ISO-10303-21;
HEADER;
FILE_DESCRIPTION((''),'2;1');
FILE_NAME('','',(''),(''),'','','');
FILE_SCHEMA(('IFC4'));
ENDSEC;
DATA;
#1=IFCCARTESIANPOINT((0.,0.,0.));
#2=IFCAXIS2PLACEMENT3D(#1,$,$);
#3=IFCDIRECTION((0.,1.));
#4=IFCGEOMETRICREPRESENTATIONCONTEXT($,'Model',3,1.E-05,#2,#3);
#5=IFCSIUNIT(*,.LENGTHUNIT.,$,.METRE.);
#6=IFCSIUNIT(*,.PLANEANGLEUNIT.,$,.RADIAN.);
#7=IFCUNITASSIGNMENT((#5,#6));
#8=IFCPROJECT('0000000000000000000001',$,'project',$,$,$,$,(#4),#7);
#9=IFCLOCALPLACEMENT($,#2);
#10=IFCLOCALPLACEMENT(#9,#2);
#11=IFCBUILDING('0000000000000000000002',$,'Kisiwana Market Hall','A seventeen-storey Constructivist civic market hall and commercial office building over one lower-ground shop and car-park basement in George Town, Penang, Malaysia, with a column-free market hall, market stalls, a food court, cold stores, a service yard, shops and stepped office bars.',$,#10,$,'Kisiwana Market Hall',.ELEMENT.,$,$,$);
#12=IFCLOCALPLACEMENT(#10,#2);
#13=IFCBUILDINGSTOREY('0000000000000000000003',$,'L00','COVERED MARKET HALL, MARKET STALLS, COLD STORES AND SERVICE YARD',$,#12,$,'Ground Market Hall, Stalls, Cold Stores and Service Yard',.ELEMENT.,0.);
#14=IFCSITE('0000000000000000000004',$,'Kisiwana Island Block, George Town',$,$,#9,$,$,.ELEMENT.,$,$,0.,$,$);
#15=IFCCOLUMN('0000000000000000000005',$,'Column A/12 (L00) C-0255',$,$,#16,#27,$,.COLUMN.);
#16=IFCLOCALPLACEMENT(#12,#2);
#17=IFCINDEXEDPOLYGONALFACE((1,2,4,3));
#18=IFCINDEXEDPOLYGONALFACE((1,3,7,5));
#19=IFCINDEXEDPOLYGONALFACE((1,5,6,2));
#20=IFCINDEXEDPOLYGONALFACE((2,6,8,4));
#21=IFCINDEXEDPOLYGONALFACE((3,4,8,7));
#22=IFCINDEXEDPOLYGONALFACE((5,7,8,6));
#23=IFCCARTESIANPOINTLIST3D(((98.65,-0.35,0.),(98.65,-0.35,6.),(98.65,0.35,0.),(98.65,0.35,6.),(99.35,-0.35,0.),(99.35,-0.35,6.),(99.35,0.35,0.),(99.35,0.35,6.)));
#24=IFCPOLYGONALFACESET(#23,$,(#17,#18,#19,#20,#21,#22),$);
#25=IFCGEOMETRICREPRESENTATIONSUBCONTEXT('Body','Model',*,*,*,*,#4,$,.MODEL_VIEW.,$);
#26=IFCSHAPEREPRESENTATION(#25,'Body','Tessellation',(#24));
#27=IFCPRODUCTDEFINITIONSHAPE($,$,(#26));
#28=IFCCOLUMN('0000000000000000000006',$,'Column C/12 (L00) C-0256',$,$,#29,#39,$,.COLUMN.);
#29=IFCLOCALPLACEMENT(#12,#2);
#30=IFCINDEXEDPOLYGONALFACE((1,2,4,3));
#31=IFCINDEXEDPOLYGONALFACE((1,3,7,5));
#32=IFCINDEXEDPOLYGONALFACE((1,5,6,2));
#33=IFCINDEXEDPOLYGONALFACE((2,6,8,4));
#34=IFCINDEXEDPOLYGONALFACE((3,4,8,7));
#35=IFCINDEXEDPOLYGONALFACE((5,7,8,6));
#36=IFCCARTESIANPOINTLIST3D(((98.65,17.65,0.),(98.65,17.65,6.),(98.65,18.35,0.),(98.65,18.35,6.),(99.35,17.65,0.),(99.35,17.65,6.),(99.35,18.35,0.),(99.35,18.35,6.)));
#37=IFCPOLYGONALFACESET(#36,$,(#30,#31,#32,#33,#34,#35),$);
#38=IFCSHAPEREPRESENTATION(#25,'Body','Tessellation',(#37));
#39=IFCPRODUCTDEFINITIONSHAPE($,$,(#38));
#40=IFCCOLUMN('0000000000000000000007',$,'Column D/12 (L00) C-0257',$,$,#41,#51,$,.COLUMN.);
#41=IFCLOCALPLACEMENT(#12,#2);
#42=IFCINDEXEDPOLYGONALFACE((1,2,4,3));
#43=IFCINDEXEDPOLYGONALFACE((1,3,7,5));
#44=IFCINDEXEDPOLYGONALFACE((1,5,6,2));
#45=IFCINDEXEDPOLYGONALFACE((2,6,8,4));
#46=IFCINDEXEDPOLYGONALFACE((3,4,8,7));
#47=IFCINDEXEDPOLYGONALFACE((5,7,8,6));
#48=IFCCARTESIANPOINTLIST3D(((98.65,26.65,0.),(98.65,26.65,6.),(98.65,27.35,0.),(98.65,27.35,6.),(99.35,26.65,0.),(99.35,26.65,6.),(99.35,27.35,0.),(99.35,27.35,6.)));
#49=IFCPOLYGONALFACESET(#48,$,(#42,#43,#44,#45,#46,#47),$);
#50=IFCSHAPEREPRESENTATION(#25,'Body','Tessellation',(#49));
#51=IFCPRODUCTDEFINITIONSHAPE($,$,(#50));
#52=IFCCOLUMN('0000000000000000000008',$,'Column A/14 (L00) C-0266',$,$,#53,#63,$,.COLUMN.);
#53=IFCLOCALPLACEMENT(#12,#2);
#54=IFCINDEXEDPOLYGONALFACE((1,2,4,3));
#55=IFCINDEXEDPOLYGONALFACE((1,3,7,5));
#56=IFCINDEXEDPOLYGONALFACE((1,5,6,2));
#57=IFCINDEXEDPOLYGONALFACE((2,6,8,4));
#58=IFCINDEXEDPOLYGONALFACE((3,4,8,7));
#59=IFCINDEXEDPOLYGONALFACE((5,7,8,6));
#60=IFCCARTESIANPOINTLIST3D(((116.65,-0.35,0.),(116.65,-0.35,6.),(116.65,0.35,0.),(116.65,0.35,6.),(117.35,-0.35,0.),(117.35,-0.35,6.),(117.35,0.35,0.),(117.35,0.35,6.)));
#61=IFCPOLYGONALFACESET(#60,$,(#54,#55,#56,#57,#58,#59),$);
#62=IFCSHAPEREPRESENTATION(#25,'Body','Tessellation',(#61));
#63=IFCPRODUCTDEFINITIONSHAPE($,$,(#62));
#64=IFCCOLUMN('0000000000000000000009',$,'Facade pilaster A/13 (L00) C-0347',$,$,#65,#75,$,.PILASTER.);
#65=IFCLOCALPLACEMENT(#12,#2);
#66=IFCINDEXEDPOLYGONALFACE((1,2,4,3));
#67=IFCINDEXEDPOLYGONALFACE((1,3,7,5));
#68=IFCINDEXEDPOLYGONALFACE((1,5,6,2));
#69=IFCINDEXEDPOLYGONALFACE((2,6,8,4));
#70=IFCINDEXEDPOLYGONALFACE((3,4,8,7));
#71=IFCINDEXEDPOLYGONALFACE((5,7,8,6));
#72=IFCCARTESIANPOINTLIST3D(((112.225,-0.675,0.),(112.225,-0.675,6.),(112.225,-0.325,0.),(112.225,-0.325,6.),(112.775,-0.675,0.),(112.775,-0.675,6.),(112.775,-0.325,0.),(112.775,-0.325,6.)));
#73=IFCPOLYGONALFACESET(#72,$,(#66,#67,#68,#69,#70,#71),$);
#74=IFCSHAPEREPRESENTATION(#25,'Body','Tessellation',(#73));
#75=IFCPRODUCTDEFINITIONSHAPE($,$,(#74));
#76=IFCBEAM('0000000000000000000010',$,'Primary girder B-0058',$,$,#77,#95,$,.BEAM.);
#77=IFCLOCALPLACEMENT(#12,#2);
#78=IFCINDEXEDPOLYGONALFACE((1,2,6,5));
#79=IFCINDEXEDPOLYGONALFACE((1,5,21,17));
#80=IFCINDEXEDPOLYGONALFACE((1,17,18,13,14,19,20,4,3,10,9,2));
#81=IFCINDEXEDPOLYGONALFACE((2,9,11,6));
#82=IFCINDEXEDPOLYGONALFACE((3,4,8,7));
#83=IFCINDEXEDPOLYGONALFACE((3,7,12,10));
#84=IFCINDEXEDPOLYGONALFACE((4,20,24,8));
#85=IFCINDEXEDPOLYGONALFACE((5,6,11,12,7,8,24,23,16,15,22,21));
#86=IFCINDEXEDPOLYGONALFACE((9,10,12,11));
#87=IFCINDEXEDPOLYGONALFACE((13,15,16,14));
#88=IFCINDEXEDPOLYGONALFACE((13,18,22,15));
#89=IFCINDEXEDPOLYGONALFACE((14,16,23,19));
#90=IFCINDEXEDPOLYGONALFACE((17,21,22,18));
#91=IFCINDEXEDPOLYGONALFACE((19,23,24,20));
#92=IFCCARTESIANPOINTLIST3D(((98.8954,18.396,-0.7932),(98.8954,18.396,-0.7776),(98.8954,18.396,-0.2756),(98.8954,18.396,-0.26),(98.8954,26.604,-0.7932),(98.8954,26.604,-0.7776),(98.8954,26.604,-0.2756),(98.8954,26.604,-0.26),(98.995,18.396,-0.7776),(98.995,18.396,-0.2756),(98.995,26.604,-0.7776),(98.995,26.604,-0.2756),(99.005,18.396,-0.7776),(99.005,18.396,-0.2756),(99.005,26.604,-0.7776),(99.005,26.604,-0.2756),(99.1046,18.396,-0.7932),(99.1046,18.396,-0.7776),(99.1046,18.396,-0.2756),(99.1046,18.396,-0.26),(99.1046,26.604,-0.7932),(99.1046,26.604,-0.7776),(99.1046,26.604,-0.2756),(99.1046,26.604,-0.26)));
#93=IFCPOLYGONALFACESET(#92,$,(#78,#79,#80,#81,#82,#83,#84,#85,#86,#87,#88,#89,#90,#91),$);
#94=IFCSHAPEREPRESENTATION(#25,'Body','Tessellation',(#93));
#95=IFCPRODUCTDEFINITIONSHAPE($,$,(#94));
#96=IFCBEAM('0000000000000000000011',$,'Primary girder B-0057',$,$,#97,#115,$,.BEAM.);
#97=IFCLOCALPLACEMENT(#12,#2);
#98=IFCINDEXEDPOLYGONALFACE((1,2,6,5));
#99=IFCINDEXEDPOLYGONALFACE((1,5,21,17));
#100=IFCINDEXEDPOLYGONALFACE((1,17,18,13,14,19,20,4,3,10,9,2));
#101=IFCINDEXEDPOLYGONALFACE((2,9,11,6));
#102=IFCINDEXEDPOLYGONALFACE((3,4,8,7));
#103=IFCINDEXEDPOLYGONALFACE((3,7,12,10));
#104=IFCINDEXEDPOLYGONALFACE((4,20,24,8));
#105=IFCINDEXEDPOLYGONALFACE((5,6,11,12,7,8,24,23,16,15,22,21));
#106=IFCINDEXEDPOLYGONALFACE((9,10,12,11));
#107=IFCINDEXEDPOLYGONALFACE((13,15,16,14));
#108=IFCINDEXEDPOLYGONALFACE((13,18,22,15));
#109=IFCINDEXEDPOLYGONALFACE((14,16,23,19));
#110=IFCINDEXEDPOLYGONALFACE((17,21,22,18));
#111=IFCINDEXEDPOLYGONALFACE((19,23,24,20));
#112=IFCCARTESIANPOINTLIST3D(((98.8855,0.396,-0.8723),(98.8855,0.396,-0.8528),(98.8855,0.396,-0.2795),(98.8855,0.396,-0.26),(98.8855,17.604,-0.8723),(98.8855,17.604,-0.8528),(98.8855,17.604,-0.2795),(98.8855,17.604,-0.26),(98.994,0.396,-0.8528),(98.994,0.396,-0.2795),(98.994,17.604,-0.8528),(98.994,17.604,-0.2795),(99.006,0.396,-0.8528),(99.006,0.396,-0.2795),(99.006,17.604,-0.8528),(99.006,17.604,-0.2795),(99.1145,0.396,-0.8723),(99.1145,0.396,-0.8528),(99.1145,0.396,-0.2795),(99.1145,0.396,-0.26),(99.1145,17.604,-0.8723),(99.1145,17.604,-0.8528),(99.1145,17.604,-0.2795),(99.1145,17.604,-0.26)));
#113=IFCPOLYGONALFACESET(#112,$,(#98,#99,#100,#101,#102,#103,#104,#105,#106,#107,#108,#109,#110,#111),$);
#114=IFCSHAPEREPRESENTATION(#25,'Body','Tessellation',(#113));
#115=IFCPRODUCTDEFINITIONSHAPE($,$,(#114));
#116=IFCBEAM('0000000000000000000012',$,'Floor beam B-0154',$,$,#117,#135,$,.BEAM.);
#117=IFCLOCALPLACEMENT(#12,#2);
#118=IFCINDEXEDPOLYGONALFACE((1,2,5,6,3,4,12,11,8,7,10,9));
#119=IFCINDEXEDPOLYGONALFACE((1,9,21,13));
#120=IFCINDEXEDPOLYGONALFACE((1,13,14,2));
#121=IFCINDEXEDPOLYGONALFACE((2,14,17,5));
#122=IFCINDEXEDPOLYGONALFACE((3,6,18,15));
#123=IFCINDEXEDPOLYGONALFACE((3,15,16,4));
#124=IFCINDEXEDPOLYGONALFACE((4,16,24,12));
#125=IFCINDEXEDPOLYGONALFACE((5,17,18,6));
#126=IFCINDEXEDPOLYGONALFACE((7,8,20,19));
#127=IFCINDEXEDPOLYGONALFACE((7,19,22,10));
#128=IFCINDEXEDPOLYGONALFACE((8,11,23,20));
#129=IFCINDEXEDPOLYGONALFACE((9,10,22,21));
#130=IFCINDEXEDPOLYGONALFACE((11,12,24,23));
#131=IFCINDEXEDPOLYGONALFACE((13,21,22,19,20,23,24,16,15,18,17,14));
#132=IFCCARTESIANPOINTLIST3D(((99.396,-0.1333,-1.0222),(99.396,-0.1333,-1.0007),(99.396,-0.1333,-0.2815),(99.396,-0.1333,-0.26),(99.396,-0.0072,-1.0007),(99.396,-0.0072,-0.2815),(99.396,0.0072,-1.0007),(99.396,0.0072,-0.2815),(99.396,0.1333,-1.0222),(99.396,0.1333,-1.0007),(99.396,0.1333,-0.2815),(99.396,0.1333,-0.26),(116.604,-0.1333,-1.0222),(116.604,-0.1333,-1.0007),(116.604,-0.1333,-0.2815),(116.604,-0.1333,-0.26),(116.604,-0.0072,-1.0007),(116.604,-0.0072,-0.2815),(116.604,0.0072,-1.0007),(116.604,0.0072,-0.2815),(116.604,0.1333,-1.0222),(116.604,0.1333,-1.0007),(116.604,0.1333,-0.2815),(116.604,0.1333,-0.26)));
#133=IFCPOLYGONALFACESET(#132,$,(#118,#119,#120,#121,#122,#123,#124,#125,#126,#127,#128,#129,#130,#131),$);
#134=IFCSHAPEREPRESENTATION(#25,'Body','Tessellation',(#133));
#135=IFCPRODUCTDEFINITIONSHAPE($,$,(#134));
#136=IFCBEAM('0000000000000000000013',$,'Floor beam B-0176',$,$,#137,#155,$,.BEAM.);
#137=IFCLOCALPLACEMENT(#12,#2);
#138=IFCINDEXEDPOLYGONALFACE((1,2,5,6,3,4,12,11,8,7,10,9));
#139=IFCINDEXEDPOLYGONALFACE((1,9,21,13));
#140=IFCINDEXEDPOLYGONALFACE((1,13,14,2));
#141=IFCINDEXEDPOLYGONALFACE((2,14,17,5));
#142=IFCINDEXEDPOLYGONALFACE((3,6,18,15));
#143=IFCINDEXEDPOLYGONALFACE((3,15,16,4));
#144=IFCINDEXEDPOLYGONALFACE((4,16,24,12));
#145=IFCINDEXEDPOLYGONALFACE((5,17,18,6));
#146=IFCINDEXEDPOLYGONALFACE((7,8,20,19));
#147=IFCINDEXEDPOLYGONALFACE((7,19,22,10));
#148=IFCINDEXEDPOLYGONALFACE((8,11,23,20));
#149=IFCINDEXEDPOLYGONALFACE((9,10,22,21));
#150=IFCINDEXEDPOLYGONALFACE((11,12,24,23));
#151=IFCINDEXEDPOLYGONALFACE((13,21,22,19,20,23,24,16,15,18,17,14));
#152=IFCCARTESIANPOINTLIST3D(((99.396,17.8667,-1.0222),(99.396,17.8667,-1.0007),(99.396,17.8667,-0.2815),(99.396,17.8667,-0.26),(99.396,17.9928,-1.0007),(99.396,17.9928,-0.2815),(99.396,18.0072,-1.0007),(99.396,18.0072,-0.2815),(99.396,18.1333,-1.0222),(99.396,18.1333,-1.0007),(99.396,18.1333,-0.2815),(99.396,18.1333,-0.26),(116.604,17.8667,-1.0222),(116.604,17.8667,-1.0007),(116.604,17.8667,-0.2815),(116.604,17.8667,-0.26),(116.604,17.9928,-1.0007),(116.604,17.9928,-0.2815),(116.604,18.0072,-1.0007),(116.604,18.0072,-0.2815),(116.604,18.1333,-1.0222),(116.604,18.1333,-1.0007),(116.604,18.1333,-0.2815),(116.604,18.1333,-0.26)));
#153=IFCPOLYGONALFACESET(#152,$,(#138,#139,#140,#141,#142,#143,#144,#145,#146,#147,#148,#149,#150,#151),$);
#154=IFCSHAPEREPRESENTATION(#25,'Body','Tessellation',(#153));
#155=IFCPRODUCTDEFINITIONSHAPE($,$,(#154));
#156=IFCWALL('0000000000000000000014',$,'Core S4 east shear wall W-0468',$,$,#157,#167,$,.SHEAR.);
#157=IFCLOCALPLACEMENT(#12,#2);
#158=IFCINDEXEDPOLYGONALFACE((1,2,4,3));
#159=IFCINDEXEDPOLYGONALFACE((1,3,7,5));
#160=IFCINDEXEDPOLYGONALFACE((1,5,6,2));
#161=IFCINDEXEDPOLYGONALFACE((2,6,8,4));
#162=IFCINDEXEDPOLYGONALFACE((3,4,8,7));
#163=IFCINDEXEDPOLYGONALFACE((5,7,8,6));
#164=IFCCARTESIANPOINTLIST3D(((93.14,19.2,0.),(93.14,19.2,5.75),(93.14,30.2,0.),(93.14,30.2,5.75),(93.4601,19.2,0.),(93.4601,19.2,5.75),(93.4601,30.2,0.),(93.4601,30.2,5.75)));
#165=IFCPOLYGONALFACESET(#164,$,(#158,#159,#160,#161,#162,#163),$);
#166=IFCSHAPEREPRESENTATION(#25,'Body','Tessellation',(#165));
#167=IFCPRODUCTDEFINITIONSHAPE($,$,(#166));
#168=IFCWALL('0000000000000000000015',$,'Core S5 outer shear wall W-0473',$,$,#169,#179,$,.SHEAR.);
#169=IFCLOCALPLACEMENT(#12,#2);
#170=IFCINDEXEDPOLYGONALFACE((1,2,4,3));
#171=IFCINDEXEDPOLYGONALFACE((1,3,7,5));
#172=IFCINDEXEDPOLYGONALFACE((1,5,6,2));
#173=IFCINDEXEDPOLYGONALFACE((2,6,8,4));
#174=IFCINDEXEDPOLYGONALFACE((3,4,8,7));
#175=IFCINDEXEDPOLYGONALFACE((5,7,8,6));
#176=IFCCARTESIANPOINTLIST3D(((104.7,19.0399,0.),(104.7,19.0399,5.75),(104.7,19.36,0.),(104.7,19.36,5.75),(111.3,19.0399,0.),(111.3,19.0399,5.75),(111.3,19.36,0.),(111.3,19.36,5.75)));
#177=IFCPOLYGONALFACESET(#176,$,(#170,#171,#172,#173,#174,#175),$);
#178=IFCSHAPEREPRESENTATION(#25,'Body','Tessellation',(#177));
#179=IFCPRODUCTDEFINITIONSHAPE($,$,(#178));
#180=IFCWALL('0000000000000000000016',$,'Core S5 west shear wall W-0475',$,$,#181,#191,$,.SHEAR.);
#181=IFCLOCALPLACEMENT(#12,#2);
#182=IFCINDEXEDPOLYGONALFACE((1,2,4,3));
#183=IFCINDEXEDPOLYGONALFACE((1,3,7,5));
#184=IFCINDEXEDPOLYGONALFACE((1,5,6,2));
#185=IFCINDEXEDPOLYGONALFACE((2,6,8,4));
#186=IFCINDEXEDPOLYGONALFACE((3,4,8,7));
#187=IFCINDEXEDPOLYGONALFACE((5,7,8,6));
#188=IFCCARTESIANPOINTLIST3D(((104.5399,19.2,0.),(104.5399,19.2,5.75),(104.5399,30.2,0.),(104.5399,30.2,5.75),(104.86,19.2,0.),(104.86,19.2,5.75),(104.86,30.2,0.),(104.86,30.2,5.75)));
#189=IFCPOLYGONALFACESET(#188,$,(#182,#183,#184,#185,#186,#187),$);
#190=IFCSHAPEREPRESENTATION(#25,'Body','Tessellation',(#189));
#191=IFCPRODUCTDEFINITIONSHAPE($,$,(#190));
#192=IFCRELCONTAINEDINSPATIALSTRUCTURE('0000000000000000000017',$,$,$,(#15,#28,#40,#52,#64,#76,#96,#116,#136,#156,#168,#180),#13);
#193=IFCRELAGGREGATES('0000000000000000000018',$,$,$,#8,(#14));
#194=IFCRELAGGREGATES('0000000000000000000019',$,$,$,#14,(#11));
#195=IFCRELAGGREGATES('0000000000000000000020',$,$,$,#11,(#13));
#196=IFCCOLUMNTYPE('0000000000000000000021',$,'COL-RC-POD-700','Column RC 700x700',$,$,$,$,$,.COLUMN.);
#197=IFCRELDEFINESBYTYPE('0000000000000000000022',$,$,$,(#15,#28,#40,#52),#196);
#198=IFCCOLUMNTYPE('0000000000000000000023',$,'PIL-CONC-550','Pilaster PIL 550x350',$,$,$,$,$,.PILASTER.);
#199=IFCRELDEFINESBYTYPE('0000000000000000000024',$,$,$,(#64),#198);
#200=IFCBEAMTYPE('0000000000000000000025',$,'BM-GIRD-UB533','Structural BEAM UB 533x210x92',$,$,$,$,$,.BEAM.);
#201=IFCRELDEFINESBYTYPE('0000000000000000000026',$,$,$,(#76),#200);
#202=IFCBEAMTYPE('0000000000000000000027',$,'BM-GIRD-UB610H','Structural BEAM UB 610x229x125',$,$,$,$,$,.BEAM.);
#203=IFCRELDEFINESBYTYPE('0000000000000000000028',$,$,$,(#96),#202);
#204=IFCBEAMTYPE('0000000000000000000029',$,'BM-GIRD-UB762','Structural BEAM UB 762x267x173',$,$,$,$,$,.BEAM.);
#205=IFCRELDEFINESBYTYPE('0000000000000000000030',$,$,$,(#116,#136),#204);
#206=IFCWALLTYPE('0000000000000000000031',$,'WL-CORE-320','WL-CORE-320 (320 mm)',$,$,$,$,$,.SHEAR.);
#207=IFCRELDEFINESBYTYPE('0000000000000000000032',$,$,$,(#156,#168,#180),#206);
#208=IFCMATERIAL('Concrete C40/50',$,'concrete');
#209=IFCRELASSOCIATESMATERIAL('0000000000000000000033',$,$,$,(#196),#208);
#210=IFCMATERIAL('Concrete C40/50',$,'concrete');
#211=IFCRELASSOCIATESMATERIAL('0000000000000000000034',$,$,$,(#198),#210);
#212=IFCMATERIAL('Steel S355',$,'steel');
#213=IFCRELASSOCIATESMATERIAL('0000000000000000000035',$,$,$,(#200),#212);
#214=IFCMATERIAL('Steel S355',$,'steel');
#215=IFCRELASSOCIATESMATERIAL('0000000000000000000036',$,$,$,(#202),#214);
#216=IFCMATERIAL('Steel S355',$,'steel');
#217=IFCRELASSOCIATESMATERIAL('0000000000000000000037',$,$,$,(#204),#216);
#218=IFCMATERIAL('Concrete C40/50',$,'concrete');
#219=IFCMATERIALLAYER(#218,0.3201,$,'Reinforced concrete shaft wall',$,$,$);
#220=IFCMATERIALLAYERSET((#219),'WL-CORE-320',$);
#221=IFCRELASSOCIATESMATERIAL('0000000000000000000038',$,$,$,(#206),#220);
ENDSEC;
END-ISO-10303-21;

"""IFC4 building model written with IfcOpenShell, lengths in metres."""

from ifc_helpers import new_model, si_unit, direction, frame, frame_2d, origin, origin_2d, place, context, subcontext, project, spatial, rectangle, i_section, extrude, material, layer, layer_set, material_profile, profile_set, type_object, element, save


model = new_model("IFC4")

# Units and contexts
model_context = context("Model", 3, precision=1e-05, world=origin(), true_north=direction((0.0, 1.0)))
body_context = subcontext(model_context, "Body", "Model", "MODEL_VIEW")
ifc_project = project(units=[si_unit("LENGTHUNIT", "METRE"), si_unit("PLANEANGLEUNIT", "RADIAN")], contexts=[model_context])

# Site, building, storey
site_placement = place(None, origin())
site = spatial("IfcSite", under=ifc_project, at=site_placement, Name="Kisiwana Island Block, George Town", CompositionType="ELEMENT", RefElevation=0.0)
building_placement = place(site_placement, origin())
building = spatial("IfcBuilding", under=site, at=building_placement, Name="Kisiwana Market Hall", Description="A seventeen-storey Constructivist civic market hall and commercial office building over one lower-ground shop and car-park basement in George Town, Penang, Malaysia, with a column-free market hall, market stalls, a food court, cold stores, a service yard, shops and stepped office bars.", LongName="Kisiwana Market Hall", CompositionType="ELEMENT")
storey_placement = place(building_placement, origin())
storey = spatial("IfcBuildingStorey", under=building, at=storey_placement, Name="L00", Description="COVERED MARKET HALL, MARKET STALLS, COLD STORES AND SERVICE YARD", LongName="Ground Market Hall, Stalls, Cold Stores and Service Yard", CompositionType="ELEMENT", Elevation=0.0)

# Columns
ifc_material_1 = material(Name="Concrete C40/50", Category="concrete")
ifc_material_profile_1 = material_profile(ifc_material_1, rectangle(XDim=0.7, YDim=0.7, at=origin_2d()), Name="RC 700x700")
ifc_profile_set_1 = profile_set([ifc_material_profile_1], Name="Concrete C40/50")
column_type_1 = type_object("IfcColumnType", Name="COL-RC-POD-700", Description="Column RC 700x700", PredefinedType="COLUMN", material=ifc_profile_set_1)
for number, where, z_axis, x_axis, name in (
    (1, (99.0, 0.0, 0.0), (0.0, 0.0, 1.0), (1.0, 0.0, 0.0), "Column A/12 (L00) C-0255"),
    (2, (99.0, 18.0, 0.0), (0.0, 0.0, 1.0), (1.0, 0.0, 0.0), "Column C/12 (L00) C-0256"),
    (3, (99.0, 27.0, 0.0), (0.0, 0.0, 1.0), (1.0, 0.0, 0.0), "Column D/12 (L00) C-0257"),
    (4, (117.0, 0.0, 0.0), (0.0, 0.0, 1.0), (1.0, 0.0, 0.0), "Column A/14 (L00) C-0266"),
):
    element("IfcColumn", number, at=place(storey_placement, frame(where, z_axis=z_axis, x_axis=x_axis)), inside=storey, type_object=column_type_1, Name=name, PredefinedType="COLUMN", context=body_context, shape_type="SweptSolid", body=[
        extrude(rectangle(XDim=0.7, YDim=0.7, at=origin_2d()), origin(), (0.0, 0.0, 1.0), 6.0),
    ])
ifc_material_2 = material(Name="Concrete C40/50", Category="concrete")
ifc_material_profile_2 = material_profile(ifc_material_2, rectangle(XDim=0.55, YDim=0.3501, at=origin_2d()), Name="PIL 550x350")
ifc_profile_set_2 = profile_set([ifc_material_profile_2], Name="Concrete C40/50")
column_type_2 = type_object("IfcColumnType", Name="PIL-CONC-550", Description="Pilaster PIL 550x350", PredefinedType="PILASTER", material=ifc_profile_set_2)
column_placement = place(storey_placement, frame((112.5, -0.5, 0.0), z_axis=(0.0, 0.0, 1.0), x_axis=(1.0, 0.0, 0.0)))
element("IfcColumn", 5, at=column_placement, inside=storey, type_object=column_type_2, Name="Facade pilaster A/13 (L00) C-0347", PredefinedType="PILASTER", context=body_context, shape_type="SweptSolid", body=[
    extrude(rectangle(XDim=0.55, YDim=0.3501, at=origin_2d()), origin(), (0.0, 0.0, 1.0), 6.0),
])

# Beams
ifc_material_3 = material(Name="Steel S355", Category="steel")
ifc_material_profile_3 = material_profile(ifc_material_3, i_section(OverallWidth=0.2092, OverallDepth=0.5332, WebThickness=0.01, FlangeThickness=0.0156, at=origin_2d()), Name="UB 533x210x92")
ifc_profile_set_3 = profile_set([ifc_material_profile_3], Name="Steel S355")
beam_type_1 = type_object("IfcBeamType", Name="BM-GIRD-UB533", Description="Structural BEAM UB 533x210x92", PredefinedType="BEAM", material=ifc_profile_set_3)
beam_1_placement = place(storey_placement, frame((99.0, 18.396, -0.5266), z_axis=(0.0, 1.0, 0.0), x_axis=(-1.0, 0.0, 0.0)))
element("IfcBeam", 6, at=beam_1_placement, inside=storey, type_object=beam_type_1, Name="Primary girder B-0058", PredefinedType="BEAM", context=body_context, shape_type="SweptSolid", body=[
    extrude(i_section(OverallWidth=0.2092, OverallDepth=0.5332, WebThickness=0.01, FlangeThickness=0.0156, at=origin_2d()), origin(), (0.0, 0.0, 1.0), 8.208),
])
ifc_material_4 = material(Name="Steel S355", Category="steel")
ifc_material_profile_4 = material_profile(ifc_material_4, i_section(OverallWidth=0.229, OverallDepth=0.6123, WebThickness=0.012, FlangeThickness=0.0195, at=origin_2d()), Name="UB 610x229x125")
ifc_profile_set_4 = profile_set([ifc_material_profile_4], Name="Steel S355")
beam_type_2 = type_object("IfcBeamType", Name="BM-GIRD-UB610H", Description="Structural BEAM UB 610x229x125", PredefinedType="BEAM", material=ifc_profile_set_4)
beam_2_placement = place(storey_placement, frame((99.0, 0.396, -0.5662), z_axis=(0.0, 1.0, 0.0), x_axis=(-1.0, 0.0, 0.0)))
element("IfcBeam", 7, at=beam_2_placement, inside=storey, type_object=beam_type_2, Name="Primary girder B-0057", PredefinedType="BEAM", context=body_context, shape_type="SweptSolid", body=[
    extrude(i_section(OverallWidth=0.229, OverallDepth=0.6123, WebThickness=0.012, FlangeThickness=0.0195, at=origin_2d()), origin(), (0.0, 0.0, 1.0), 17.208),
])
ifc_material_5 = material(Name="Steel S355", Category="steel")
ifc_material_profile_5 = material_profile(ifc_material_5, i_section(OverallWidth=0.2666, OverallDepth=0.7622, WebThickness=0.0144, FlangeThickness=0.0215, at=origin_2d()), Name="UB 762x267x173")
ifc_profile_set_5 = profile_set([ifc_material_profile_5], Name="Steel S355")
beam_type_3 = type_object("IfcBeamType", Name="BM-GIRD-UB762", Description="Structural BEAM UB 762x267x173", PredefinedType="BEAM", material=ifc_profile_set_5)
for number, where, z_axis, x_axis, name in (
    (8, (99.396, 0.0, -0.6411), (1.0, 0.0, 0.0), (0.0, 1.0, 0.0), "Floor beam B-0154"),
    (9, (99.396, 18.0, -0.6411), (1.0, 0.0, 0.0), (0.0, 1.0, 0.0), "Floor beam B-0176"),
):
    element("IfcBeam", number, at=place(storey_placement, frame(where, z_axis=z_axis, x_axis=x_axis)), inside=storey, type_object=beam_type_3, Name=name, PredefinedType="BEAM", context=body_context, shape_type="SweptSolid", body=[
        extrude(i_section(OverallWidth=0.2666, OverallDepth=0.7622, WebThickness=0.0144, FlangeThickness=0.0215, at=origin_2d()), origin(), (0.0, 0.0, 1.0), 17.208),
    ])

# Walls
ifc_material_6 = material(Name="Concrete C40/50", Category="concrete")
ifc_layer_1 = layer(ifc_material_6, 0.3201, Name="Reinforced concrete shaft wall")
ifc_layer_set_1 = layer_set([ifc_layer_1], Name="WL-CORE-320")
wall_type_1 = type_object("IfcWallType", Name="WL-CORE-320", Description="WL-CORE-320 (320 mm)", PredefinedType="SHEAR", material=ifc_layer_set_1)
wall_1_placement = place(storey_placement, frame((93.3, 19.2, 0.0), z_axis=(0.0, 0.0, 1.0), x_axis=(0.0, 1.0, 0.0)))
element("IfcWall", 10, at=wall_1_placement, inside=storey, type_object=wall_type_1, Name="Core S4 east shear wall W-0468", PredefinedType="SHEAR", context=body_context, shape_type="SweptSolid", body=[
    extrude(rectangle(XDim=11.0, YDim=0.3201, at=frame_2d((5.5, 0.0))), origin(), (0.0, 0.0, 1.0), 5.75),
])
wall_2_placement = place(storey_placement, frame((104.7, 19.2, 0.0), z_axis=(0.0, 0.0, 1.0), x_axis=(1.0, 0.0, 0.0)))
element("IfcWall", 11, at=wall_2_placement, inside=storey, type_object=wall_type_1, Name="Core S5 outer shear wall W-0473", PredefinedType="SHEAR", context=body_context, shape_type="SweptSolid", body=[
    extrude(rectangle(XDim=6.6001, YDim=0.3201, at=frame_2d((3.3, 0.0))), origin(), (0.0, 0.0, 1.0), 5.75),
])
for number, where, z_axis, x_axis, name in (
    (12, (104.7, 19.2, 0.0), (0.0, 0.0, 1.0), (0.0, 1.0, 0.0), "Core S5 west shear wall W-0475"),
):
    element("IfcWall", number, at=place(storey_placement, frame(where, z_axis=z_axis, x_axis=x_axis)), inside=storey, type_object=wall_type_1, Name=name, PredefinedType="SHEAR", context=body_context, shape_type="SweptSolid", body=[
        extrude(rectangle(XDim=11.0, YDim=0.3201, at=frame_2d((5.5, 0.0))), origin(), (0.0, 0.0, 1.0), 5.75),
    ])

save(model, "model.ifc")
